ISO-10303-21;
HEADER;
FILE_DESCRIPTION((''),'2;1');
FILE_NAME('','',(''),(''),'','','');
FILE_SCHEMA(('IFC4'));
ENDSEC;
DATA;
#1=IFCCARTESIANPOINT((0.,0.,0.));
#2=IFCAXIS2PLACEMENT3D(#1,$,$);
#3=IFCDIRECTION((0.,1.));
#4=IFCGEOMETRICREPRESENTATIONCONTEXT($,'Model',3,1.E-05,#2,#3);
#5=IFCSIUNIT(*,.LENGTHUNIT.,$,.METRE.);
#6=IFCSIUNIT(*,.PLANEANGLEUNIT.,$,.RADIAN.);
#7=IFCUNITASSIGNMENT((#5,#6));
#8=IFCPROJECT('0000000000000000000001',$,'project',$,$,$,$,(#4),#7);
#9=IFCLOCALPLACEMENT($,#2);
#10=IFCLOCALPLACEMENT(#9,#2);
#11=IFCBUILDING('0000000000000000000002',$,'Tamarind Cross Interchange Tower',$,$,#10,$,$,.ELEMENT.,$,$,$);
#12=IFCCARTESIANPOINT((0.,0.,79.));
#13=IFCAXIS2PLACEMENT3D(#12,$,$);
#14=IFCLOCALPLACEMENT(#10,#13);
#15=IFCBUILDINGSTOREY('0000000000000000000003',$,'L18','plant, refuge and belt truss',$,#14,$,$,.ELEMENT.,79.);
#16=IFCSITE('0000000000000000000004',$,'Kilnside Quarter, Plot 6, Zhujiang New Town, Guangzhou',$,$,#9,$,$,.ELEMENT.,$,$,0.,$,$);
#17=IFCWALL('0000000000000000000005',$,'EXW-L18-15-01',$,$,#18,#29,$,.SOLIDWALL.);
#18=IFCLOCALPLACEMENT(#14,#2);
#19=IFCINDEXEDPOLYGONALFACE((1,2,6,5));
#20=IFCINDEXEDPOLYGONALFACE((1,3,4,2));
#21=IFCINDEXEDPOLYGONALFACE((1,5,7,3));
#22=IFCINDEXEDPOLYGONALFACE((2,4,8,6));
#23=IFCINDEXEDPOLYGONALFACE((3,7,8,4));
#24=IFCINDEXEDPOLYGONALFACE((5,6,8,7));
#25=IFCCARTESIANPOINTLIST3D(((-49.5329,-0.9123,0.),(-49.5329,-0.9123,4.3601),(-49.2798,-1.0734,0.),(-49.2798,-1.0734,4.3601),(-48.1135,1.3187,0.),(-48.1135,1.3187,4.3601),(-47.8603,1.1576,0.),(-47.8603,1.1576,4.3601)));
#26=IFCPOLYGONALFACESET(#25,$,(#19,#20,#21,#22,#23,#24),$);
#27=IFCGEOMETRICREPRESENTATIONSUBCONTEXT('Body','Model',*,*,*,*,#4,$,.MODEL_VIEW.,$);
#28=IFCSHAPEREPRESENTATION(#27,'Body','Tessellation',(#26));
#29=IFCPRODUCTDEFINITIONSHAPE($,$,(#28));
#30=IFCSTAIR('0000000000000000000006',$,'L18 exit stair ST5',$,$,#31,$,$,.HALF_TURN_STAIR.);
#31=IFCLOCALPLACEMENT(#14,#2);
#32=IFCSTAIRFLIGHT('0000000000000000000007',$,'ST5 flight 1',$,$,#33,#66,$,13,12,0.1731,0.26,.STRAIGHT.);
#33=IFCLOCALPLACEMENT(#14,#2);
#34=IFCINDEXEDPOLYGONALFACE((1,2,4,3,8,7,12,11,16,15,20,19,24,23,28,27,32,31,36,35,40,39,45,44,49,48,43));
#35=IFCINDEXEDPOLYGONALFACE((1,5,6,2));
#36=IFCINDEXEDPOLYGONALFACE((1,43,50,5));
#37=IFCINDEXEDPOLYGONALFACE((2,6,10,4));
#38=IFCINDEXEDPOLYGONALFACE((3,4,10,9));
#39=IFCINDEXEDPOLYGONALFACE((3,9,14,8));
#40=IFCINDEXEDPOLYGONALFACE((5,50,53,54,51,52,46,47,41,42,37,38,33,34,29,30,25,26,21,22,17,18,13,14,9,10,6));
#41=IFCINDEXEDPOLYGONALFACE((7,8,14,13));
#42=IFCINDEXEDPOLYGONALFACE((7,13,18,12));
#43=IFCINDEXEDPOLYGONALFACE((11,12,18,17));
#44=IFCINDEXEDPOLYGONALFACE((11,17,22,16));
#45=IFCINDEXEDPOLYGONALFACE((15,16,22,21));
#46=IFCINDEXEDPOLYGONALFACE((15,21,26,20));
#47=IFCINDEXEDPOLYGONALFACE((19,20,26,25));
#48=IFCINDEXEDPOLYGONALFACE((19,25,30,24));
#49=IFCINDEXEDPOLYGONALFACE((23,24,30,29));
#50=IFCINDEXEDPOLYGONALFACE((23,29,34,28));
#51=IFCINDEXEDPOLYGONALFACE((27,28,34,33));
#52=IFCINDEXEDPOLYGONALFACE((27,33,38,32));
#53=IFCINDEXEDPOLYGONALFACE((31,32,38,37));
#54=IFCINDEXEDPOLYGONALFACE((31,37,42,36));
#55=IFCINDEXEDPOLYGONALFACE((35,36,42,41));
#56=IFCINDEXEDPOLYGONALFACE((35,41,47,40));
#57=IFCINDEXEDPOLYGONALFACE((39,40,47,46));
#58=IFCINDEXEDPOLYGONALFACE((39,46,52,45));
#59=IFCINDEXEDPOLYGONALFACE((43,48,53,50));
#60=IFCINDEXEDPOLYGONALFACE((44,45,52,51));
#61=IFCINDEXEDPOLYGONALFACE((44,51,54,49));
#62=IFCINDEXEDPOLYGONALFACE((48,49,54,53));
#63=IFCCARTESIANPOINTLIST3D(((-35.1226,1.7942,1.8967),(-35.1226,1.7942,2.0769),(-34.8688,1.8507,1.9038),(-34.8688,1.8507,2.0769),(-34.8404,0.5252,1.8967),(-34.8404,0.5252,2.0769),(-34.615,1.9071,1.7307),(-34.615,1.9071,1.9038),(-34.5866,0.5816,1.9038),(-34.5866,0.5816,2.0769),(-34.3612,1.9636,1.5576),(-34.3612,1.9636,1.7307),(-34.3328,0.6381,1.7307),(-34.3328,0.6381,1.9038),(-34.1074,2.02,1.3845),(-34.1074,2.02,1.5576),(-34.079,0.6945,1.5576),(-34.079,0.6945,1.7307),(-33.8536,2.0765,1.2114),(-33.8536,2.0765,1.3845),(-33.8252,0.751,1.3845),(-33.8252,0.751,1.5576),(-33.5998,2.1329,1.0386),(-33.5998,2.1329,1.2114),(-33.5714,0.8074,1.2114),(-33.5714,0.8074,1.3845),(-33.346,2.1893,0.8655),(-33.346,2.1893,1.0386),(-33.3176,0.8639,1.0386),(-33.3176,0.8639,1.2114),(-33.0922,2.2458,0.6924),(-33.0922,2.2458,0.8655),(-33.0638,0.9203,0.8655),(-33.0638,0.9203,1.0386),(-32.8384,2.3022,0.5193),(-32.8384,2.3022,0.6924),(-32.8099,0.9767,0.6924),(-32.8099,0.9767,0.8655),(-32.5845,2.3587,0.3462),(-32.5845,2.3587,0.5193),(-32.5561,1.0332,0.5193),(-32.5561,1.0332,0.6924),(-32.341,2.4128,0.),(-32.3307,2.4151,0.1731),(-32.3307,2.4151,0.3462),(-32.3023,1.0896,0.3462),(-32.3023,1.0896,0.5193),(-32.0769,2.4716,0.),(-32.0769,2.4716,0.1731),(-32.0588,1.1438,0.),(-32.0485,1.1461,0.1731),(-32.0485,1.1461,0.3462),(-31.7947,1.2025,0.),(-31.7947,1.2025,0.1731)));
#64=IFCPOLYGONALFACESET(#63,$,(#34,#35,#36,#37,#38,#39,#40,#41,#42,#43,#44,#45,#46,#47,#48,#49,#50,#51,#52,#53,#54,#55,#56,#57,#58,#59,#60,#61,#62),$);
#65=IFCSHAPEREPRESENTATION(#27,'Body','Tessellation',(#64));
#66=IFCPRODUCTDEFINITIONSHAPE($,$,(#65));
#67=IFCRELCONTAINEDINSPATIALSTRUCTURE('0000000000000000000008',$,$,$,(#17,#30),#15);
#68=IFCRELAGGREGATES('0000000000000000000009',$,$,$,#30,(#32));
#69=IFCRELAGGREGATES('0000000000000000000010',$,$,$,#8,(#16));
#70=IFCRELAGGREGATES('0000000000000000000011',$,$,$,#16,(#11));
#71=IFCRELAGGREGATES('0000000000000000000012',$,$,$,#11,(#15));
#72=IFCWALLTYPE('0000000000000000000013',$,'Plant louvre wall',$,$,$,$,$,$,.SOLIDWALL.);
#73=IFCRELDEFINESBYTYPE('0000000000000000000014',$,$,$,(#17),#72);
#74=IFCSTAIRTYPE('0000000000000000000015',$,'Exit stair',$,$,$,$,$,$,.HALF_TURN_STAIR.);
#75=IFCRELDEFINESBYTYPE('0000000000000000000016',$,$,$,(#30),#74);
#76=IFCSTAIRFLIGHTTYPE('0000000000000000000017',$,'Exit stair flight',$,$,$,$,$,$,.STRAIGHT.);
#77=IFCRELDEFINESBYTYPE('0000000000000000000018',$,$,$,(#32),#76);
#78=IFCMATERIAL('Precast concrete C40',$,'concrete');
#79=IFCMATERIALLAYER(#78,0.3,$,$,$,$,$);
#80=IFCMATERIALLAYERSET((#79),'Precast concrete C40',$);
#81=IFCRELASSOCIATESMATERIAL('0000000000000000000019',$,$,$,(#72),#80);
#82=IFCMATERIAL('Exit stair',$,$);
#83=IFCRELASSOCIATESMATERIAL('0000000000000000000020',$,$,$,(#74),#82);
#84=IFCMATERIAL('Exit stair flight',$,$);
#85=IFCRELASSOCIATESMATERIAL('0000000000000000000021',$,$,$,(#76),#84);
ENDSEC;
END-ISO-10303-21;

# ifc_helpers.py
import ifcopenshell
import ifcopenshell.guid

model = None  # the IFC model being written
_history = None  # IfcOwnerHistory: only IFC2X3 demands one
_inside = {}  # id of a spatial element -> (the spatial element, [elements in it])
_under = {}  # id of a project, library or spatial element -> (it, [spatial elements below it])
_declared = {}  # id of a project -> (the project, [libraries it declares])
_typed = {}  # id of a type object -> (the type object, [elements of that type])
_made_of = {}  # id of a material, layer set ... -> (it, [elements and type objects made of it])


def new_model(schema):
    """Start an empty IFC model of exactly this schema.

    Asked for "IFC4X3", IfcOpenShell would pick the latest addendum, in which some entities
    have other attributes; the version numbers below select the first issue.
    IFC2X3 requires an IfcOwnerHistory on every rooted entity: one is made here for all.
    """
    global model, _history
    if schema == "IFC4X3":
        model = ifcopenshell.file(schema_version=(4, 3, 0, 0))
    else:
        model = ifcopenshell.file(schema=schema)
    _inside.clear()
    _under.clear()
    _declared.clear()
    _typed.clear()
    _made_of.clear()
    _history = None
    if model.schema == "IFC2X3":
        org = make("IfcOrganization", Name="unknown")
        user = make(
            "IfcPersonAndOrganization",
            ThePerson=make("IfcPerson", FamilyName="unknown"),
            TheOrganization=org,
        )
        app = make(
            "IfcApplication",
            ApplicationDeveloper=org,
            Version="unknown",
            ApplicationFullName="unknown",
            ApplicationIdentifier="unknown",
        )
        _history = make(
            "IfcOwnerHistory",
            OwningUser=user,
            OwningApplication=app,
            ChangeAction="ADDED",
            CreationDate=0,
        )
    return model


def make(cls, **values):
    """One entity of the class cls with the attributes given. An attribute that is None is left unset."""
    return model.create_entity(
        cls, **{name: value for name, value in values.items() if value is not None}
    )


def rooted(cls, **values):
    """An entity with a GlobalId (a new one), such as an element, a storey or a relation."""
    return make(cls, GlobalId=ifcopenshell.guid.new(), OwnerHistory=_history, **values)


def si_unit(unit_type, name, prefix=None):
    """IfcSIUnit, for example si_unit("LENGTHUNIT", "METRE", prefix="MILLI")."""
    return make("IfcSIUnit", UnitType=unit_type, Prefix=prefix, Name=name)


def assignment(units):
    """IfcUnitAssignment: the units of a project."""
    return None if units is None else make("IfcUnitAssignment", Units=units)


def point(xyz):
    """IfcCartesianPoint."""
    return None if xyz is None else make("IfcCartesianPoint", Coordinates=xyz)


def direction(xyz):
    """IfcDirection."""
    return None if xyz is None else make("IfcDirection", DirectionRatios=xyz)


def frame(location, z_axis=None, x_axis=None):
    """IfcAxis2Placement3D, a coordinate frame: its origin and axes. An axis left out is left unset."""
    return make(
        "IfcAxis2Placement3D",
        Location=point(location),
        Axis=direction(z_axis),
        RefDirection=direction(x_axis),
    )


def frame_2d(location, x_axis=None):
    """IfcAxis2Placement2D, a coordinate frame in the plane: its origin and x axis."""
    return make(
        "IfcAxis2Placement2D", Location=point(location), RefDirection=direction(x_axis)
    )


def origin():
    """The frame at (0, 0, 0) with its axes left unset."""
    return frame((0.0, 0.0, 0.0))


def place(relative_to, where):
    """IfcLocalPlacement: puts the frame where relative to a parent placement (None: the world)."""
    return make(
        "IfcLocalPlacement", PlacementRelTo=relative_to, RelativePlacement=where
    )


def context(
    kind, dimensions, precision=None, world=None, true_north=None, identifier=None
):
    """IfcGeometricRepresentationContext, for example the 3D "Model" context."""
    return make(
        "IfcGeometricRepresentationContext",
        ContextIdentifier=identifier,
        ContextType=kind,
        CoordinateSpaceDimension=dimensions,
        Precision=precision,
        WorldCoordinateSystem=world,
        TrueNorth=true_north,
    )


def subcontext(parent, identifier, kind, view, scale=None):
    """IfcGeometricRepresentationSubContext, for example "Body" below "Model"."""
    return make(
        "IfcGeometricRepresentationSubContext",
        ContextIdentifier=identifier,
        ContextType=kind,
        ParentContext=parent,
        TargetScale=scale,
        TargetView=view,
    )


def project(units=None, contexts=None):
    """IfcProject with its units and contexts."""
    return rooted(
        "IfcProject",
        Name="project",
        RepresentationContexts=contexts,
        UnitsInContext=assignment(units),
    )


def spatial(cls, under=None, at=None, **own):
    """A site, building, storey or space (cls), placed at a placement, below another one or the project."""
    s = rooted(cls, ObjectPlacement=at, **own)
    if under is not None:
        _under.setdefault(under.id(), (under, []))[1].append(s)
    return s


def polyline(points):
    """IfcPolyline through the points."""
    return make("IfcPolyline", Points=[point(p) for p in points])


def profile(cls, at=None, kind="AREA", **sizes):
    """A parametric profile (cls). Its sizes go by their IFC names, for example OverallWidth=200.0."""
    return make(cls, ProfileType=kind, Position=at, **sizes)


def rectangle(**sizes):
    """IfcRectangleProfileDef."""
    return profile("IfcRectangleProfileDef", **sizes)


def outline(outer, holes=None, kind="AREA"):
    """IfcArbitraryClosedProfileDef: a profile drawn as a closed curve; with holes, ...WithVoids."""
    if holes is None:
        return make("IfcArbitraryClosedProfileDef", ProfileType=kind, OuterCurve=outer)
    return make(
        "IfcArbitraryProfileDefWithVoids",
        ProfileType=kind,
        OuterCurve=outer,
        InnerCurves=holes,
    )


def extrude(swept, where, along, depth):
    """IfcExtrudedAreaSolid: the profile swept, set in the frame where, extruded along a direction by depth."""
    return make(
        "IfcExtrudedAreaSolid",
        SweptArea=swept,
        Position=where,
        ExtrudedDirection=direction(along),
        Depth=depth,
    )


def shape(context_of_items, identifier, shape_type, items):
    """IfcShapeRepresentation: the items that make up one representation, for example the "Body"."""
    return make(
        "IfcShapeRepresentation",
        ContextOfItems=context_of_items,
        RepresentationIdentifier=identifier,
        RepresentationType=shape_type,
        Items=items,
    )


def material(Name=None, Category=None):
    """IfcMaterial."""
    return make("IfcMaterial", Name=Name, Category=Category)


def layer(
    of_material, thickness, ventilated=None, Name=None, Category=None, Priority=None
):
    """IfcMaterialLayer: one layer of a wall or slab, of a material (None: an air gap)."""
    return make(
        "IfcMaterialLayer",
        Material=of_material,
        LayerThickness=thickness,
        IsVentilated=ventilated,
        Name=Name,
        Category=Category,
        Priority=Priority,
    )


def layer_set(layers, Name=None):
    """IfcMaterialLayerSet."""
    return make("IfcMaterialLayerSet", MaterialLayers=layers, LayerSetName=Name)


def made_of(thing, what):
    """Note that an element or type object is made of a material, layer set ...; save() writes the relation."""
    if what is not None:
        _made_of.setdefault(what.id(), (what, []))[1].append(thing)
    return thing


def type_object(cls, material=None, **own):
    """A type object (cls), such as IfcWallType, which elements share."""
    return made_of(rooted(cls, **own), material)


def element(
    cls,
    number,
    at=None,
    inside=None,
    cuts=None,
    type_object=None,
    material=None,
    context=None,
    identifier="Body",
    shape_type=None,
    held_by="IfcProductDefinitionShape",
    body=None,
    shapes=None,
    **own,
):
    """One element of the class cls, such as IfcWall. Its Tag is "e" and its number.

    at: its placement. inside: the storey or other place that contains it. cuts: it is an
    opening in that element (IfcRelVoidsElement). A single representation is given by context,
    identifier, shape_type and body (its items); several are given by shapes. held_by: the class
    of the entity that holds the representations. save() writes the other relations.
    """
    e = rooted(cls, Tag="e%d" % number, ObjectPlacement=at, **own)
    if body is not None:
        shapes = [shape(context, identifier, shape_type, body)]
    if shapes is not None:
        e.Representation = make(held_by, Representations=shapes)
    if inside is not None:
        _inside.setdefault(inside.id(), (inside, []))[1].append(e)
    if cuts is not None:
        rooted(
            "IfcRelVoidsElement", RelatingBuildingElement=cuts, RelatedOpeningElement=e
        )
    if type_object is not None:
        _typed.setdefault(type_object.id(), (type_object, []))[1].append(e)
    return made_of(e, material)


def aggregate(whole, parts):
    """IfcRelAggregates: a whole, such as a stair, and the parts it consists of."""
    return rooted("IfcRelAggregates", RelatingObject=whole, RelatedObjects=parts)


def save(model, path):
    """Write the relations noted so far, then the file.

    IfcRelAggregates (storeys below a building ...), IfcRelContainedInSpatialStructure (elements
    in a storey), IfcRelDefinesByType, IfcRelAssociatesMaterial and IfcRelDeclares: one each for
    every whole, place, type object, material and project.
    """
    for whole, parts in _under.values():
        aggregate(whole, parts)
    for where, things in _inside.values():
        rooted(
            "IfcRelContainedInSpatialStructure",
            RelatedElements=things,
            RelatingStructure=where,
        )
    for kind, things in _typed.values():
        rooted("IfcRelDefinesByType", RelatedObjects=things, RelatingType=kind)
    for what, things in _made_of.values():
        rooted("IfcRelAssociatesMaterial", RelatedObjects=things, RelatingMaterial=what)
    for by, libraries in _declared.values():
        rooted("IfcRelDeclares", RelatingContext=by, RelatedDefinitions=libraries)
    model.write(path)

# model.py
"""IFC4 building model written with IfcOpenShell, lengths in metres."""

from ifc_helpers import new_model, si_unit, direction, frame, frame_2d, origin, place, context, subcontext, project, spatial, polyline, rectangle, outline, extrude, material, layer, layer_set, type_object, element, aggregate, save


model = new_model("IFC4")

# Units and contexts
model_context = context("Model", 3, precision=1e-05, world=origin(), true_north=direction((0.0, 1.0)))
body_context = subcontext(model_context, "Body", "Model", "MODEL_VIEW")
ifc_project = project(units=[si_unit("LENGTHUNIT", "METRE"), si_unit("PLANEANGLEUNIT", "RADIAN")], contexts=[model_context])

# Site, building, storey
site_placement = place(None, origin())
site = spatial("IfcSite", under=ifc_project, at=site_placement, Name="Kilnside Quarter, Plot 6, Zhujiang New Town, Guangzhou", CompositionType="ELEMENT", RefElevation=0.0)
building_placement = place(site_placement, origin())
building = spatial("IfcBuilding", under=site, at=building_placement, Name="Tamarind Cross Interchange Tower", CompositionType="ELEMENT")
storey_placement = place(building_placement, frame((0.0, 0.0, 79.0)))
storey = spatial("IfcBuildingStorey", under=building, at=storey_placement, Name="L18", Description="plant, refuge and belt truss", CompositionType="ELEMENT", Elevation=79.0)

# Wall
ifc_material_1 = material(Name="Precast concrete C40", Category="concrete")
ifc_layer_1 = layer(ifc_material_1, 0.3)
ifc_layer_set_1 = layer_set([ifc_layer_1], Name="Precast concrete C40")
wall_type_1 = type_object("IfcWallType", Name="Plant louvre wall", PredefinedType="SOLIDWALL", material=ifc_layer_set_1)
wall_1_placement = place(storey_placement, frame((-47.9868, 1.2383, 0.0), z_axis=(0.0, 0.0, 1.0), x_axis=(-0.536804, -0.843707, 0.0)))
element("IfcWall", 1, at=wall_1_placement, inside=storey, type_object=wall_type_1, Name="EXW-L18-15-01", PredefinedType="SOLIDWALL", context=body_context, shape_type="SweptSolid", body=[
    extrude(rectangle(XDim=2.6443, YDim=0.3, at=frame_2d((1.3223, 0.0))), origin(), (0.0, 0.0, 1.0), 4.3601),
])

# Stair, stair flight
ifc_material_2 = material(Name="Exit stair")
stair_type = type_object("IfcStairType", Name="Exit stair", PredefinedType="HALF_TURN_STAIR", material=ifc_material_2)
stair_placement = place(storey_placement, origin())
stair = element("IfcStair", 2, at=stair_placement, inside=storey, type_object=stair_type, Name="L18 exit stair ST5", PredefinedType="HALF_TURN_STAIR")
ifc_material_3 = material(Name="Exit stair flight")
stair_flight_type = type_object("IfcStairFlightType", Name="Exit stair flight", PredefinedType="STRAIGHT", material=ifc_material_3)
stair_flight_placement = place(storey_placement, frame((-31.9358, 1.8369, 0.0), z_axis=(0.0, 0.0, 1.0), x_axis=(-0.976154, -0.21708, 0.0)))
stair_flight = element("IfcStairFlight", 3, at=stair_flight_placement, type_object=stair_flight_type, Name="ST5 flight 1", NumberOfRisers=13, NumberOfTreads=12, PredefinedType="STRAIGHT", RiserHeight=0.1731, TreadLength=0.26, context=body_context, shape_type="SweptSolid", body=[
    extrude(outline(polyline([(0.0, 0.0), (0.0, 0.1731), (0.26, 0.1731), (0.26, 0.3462), (0.52, 0.3462), (0.52, 0.5193), (0.78, 0.5193), (0.78, 0.6924), (1.04, 0.6924), (1.04, 0.8655), (1.3, 0.8655), (1.3, 1.0386), (1.5601, 1.0386), (1.5601, 1.2114), (1.8201, 1.2114), (1.8201, 1.3845), (2.0801, 1.3845), (2.0801, 1.5576), (2.3401, 1.5576), (2.3401, 1.7307), (2.6001, 1.7307), (2.6001, 1.9038), (2.8601, 1.9038), (2.8601, 2.0769), (3.1201, 2.0769), (3.1201, 2.25), (3.1201, 1.8967), (0.2705, 0.0), (0.0, 0.0)])), frame((0.0, 0.6499, 0.0), z_axis=(0.0, -1.0, 0.0), x_axis=(1.0, 0.0, 0.0)), (0.0, 0.0, 1.0), 1.3),
])
aggregate(stair, [stair_flight])

save(model, "model.ifc")
